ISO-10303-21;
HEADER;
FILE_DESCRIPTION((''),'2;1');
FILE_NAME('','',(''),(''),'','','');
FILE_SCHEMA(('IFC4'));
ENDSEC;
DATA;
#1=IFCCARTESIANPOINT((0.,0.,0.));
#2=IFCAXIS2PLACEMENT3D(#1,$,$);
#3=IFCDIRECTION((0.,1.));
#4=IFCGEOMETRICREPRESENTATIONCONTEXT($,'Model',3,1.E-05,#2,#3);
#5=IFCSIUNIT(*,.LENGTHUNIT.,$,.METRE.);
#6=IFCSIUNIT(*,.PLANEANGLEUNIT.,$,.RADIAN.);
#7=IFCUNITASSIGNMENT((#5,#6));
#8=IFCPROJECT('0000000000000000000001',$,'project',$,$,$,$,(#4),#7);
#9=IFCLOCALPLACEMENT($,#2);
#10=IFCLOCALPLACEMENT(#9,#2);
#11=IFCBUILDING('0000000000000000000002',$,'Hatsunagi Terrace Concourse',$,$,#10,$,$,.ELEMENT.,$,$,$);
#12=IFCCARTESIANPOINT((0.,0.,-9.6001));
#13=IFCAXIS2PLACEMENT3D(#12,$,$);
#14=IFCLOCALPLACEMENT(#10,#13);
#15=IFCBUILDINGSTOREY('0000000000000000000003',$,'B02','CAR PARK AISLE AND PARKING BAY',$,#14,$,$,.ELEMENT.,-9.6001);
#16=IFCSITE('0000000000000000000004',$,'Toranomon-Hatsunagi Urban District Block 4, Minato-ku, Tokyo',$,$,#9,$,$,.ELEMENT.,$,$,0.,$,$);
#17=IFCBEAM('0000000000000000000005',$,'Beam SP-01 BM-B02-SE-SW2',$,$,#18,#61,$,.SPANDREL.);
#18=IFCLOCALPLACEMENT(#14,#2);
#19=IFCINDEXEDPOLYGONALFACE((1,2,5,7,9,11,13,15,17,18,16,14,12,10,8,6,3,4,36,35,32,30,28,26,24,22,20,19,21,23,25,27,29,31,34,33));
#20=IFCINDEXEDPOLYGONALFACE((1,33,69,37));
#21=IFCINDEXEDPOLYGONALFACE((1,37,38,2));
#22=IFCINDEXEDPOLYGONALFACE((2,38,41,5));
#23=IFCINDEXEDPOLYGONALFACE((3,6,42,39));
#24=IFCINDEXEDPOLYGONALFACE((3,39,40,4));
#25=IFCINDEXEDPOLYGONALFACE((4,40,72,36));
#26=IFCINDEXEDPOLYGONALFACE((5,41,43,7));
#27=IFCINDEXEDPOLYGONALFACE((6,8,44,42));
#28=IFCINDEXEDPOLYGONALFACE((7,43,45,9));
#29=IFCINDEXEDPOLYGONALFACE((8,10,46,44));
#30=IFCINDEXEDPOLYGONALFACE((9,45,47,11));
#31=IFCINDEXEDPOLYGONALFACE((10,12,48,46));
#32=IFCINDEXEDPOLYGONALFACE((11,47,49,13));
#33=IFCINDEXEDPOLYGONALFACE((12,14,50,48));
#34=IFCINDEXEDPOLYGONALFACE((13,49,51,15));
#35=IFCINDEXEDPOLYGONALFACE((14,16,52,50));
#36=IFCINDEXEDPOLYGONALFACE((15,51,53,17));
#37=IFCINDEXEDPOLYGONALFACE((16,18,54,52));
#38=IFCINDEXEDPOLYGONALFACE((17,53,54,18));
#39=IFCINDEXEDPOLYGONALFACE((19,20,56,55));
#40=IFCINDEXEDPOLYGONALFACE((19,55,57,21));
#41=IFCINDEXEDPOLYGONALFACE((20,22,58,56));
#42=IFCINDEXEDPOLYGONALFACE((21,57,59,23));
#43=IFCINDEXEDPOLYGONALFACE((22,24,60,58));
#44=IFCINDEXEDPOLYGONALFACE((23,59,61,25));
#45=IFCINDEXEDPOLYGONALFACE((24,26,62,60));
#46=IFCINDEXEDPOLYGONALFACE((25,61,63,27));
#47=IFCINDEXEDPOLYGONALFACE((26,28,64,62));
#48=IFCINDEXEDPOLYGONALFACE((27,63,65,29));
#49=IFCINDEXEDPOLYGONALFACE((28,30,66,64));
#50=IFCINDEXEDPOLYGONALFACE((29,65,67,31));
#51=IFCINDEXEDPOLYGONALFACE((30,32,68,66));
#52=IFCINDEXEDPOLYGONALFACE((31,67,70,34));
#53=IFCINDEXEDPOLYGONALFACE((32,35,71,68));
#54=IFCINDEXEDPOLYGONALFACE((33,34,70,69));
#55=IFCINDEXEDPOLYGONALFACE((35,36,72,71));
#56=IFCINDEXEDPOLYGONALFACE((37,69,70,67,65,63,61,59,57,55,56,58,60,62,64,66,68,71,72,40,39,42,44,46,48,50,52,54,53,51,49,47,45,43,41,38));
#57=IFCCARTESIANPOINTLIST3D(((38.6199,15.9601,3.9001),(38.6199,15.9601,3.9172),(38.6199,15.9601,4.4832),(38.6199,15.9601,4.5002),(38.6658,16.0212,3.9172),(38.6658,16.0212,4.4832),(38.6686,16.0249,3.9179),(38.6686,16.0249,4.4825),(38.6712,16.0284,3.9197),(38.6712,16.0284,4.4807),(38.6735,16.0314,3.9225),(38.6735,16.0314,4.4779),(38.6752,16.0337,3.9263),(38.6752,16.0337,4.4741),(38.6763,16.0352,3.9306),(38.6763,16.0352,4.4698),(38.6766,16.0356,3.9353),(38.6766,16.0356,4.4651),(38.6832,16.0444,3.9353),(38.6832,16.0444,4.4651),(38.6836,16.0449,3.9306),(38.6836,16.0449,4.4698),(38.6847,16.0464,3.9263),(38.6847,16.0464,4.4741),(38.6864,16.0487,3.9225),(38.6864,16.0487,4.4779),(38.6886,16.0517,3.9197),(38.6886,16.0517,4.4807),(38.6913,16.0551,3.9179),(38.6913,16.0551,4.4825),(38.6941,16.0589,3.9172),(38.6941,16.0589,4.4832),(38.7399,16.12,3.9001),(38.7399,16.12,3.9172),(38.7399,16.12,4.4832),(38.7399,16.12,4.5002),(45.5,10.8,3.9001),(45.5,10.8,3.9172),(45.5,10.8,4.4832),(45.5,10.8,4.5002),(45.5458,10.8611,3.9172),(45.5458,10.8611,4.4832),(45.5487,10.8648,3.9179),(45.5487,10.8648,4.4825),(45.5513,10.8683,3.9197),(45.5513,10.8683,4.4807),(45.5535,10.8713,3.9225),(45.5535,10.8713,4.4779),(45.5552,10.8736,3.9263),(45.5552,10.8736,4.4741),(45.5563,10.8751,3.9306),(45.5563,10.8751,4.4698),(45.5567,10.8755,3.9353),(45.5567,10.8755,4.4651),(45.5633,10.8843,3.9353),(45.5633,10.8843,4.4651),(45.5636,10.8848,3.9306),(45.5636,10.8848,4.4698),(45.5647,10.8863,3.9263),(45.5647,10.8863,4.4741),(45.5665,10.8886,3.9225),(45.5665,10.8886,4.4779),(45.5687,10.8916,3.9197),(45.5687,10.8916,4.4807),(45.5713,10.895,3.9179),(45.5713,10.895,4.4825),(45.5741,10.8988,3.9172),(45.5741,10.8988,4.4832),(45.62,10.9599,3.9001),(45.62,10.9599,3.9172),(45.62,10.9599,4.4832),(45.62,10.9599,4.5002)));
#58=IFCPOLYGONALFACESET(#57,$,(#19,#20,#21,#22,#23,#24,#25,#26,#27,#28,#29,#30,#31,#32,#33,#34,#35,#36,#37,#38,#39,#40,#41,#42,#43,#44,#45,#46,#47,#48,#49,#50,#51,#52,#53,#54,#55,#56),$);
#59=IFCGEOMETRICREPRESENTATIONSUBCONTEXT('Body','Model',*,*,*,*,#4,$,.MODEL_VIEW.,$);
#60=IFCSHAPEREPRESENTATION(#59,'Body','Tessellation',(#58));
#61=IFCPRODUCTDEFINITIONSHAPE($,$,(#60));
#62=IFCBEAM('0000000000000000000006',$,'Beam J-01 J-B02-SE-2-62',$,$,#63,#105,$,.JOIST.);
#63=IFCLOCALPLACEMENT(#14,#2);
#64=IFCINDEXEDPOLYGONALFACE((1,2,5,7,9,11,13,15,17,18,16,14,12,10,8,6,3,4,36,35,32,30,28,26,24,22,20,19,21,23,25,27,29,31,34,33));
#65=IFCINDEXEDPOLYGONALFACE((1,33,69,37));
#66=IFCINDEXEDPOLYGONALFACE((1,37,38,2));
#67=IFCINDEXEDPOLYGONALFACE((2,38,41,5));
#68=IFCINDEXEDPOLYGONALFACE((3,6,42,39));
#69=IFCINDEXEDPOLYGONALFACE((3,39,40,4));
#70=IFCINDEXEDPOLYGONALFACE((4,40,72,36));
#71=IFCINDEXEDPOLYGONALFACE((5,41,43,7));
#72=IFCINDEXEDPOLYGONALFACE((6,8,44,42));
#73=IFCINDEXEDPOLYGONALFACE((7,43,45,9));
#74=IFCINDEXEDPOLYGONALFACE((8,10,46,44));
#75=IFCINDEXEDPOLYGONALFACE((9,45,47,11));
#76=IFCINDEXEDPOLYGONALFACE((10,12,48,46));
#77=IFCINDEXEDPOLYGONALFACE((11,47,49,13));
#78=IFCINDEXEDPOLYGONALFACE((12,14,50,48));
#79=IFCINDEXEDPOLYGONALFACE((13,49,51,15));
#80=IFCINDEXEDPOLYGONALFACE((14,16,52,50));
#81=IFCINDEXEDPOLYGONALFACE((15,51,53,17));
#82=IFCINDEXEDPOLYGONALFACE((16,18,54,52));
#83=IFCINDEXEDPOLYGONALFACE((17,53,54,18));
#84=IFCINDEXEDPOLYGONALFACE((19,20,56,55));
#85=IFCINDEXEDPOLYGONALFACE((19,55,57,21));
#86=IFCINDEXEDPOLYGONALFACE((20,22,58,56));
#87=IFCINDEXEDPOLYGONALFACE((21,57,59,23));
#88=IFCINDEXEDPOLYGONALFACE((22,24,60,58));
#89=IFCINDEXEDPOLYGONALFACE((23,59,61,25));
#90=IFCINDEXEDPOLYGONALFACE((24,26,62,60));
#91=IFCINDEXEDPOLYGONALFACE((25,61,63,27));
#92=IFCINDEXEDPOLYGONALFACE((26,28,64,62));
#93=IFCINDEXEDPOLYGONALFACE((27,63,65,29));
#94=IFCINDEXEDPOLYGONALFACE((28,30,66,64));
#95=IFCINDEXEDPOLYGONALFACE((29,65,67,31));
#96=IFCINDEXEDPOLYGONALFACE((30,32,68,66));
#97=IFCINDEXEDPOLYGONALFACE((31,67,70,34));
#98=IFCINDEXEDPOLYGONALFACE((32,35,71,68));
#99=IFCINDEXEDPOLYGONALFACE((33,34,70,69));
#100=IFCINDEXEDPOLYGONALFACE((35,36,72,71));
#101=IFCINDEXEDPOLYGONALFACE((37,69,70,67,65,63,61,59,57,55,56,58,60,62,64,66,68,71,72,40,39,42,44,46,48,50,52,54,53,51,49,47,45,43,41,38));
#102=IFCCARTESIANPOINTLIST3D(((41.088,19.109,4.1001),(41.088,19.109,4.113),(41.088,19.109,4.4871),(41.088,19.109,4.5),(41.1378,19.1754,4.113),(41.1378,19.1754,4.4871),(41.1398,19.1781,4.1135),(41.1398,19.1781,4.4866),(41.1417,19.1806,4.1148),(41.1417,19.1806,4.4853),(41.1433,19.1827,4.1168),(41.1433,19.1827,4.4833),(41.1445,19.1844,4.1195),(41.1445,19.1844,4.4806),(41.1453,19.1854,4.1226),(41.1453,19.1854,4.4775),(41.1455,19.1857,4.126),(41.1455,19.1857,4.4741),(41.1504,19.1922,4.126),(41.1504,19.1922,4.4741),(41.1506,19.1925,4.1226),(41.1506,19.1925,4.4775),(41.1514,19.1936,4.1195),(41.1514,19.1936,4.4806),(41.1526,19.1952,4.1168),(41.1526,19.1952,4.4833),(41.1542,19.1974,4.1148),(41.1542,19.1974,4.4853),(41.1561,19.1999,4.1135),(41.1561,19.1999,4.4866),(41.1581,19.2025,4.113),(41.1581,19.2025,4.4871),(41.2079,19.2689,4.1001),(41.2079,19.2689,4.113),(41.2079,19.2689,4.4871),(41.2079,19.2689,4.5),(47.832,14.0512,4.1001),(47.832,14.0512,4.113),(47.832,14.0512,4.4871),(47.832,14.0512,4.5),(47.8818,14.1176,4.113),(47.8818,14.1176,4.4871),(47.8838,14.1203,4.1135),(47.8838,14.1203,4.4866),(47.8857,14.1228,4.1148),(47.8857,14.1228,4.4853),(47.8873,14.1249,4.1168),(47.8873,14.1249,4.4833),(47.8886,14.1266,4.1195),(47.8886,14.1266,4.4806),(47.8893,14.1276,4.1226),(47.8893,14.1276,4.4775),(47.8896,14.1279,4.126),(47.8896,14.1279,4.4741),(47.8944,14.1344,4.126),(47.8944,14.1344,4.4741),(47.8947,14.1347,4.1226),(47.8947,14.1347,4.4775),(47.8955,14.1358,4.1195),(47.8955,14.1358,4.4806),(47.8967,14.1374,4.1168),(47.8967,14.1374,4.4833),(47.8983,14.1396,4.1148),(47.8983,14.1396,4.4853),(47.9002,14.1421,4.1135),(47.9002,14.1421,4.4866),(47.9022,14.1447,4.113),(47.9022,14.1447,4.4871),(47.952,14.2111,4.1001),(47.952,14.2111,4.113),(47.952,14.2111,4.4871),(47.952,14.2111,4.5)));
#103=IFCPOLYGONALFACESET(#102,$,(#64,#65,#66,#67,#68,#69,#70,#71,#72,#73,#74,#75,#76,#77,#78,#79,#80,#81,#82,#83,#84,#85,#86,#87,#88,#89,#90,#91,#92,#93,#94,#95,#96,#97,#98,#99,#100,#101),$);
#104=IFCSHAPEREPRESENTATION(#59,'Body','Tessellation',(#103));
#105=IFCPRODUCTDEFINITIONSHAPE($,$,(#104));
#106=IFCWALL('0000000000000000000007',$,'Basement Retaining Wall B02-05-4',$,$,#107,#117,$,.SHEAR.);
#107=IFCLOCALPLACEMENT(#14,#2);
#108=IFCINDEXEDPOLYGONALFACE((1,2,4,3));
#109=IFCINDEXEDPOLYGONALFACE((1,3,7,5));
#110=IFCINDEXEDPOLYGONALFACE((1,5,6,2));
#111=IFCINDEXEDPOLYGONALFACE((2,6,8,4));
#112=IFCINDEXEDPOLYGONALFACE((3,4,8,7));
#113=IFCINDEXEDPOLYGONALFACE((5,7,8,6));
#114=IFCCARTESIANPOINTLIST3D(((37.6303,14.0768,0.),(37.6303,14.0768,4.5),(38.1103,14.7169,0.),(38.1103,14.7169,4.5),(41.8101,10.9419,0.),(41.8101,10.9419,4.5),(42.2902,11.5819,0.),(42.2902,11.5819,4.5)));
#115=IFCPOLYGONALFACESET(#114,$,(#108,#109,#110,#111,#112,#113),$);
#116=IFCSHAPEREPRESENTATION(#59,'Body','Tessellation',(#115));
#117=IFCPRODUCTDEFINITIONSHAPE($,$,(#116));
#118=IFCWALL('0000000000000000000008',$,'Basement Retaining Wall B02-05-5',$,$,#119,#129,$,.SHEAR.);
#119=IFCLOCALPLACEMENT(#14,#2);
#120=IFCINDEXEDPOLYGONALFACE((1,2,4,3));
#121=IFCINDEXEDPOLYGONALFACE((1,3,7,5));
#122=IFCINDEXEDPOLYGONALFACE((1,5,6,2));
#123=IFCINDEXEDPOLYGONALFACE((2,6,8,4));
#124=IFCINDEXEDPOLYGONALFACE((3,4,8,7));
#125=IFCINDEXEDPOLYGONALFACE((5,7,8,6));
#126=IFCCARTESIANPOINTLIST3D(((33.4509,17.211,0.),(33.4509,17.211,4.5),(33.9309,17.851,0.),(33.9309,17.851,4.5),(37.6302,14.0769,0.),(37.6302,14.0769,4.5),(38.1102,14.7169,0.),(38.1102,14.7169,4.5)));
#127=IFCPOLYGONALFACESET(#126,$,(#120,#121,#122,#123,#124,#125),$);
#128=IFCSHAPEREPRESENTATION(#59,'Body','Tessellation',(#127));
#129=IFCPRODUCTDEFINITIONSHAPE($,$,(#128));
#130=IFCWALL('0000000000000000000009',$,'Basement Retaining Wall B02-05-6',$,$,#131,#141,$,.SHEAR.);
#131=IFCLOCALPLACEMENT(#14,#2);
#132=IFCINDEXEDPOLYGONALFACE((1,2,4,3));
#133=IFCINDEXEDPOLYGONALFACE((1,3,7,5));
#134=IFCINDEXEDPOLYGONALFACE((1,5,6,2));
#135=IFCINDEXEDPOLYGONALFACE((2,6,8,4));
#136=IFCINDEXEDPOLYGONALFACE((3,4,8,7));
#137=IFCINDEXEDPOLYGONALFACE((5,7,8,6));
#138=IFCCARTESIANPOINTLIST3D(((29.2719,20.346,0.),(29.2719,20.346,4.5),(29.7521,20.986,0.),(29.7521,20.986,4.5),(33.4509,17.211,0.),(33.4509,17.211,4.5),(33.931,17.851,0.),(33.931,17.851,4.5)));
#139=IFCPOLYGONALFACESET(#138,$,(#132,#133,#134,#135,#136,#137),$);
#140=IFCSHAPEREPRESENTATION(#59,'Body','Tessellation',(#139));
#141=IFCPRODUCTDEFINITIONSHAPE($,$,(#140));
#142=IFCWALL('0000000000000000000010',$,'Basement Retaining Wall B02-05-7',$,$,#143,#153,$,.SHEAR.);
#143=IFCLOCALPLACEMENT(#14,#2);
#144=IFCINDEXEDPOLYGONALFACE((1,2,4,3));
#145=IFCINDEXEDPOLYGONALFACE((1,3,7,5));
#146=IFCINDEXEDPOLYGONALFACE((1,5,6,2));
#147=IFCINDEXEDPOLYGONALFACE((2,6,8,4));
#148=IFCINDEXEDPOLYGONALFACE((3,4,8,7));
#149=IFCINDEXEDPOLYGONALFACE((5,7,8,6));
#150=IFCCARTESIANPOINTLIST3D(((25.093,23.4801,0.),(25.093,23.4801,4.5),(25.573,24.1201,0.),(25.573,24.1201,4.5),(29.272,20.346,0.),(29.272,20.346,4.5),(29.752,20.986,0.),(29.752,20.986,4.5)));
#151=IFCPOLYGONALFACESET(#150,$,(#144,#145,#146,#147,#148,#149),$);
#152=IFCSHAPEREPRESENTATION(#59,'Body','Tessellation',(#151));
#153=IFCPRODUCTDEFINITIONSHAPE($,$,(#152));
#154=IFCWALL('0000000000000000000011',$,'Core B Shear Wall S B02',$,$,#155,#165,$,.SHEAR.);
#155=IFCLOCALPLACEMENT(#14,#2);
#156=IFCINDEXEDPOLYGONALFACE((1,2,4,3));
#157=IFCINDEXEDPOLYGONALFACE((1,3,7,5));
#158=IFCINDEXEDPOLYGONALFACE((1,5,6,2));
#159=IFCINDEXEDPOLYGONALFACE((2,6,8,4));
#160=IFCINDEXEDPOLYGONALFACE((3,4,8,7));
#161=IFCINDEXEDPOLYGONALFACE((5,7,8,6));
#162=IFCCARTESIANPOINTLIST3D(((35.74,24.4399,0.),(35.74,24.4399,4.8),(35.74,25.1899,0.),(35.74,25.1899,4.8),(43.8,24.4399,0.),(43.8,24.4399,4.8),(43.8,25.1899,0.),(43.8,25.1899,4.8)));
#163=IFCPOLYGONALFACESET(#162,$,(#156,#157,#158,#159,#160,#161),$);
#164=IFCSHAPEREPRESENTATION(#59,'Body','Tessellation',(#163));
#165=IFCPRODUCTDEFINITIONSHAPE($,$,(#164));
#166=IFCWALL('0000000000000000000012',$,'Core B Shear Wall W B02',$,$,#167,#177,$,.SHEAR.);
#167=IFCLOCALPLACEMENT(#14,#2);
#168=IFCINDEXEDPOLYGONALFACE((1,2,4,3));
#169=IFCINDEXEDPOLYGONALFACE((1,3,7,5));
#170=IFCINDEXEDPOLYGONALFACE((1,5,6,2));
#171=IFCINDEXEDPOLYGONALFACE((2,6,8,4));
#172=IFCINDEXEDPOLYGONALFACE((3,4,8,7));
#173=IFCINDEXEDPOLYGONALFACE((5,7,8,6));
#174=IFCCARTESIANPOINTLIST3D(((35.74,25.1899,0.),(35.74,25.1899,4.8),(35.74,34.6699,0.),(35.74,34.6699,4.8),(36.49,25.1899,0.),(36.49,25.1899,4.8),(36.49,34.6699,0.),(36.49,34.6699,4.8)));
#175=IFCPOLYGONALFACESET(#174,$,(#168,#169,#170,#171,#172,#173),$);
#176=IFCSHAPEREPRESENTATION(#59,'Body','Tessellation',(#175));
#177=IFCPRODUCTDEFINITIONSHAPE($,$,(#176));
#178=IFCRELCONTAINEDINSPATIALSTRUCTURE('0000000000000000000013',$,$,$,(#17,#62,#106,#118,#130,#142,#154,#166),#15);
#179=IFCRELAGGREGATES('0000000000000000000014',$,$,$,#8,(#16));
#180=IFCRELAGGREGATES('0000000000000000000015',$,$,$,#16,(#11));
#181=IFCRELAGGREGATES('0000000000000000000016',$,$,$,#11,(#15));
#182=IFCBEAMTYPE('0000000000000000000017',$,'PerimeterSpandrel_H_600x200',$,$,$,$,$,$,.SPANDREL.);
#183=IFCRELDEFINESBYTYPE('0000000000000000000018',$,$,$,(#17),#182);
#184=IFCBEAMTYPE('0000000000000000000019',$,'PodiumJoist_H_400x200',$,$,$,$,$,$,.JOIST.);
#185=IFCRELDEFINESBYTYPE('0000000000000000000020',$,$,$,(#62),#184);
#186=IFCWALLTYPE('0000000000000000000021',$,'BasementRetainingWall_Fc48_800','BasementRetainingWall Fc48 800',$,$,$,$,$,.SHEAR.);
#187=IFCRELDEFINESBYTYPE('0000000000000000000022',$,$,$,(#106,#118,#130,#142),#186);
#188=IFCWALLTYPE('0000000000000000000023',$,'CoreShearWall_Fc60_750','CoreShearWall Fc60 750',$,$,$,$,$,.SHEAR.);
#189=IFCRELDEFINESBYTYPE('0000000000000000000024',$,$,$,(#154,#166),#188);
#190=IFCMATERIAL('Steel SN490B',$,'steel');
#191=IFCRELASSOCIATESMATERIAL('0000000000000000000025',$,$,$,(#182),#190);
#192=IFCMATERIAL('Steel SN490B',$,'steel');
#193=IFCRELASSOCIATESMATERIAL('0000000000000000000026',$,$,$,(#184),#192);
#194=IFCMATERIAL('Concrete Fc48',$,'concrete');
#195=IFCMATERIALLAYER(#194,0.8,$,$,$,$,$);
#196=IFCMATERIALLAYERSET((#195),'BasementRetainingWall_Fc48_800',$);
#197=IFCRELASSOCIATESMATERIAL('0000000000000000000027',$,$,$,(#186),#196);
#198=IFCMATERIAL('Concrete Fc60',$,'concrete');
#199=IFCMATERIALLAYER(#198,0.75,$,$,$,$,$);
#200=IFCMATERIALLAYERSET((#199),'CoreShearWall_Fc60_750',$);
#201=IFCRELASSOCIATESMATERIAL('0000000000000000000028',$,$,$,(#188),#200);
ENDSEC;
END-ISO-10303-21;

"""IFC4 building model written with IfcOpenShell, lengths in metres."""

from ifc_helpers import new_model, si_unit, direction, frame, frame_2d, origin, origin_2d, place, context, subcontext, project, spatial, rectangle, i_section, extrude, material, layer, layer_set, material_profile, profile_set, type_object, element, save


model = new_model("IFC4")

# Units and contexts
model_context = context("Model", 3, precision=1e-05, world=origin(), true_north=direction((0.0, 1.0)))
body_context = subcontext(model_context, "Body", "Model", "MODEL_VIEW")
ifc_project = project(units=[si_unit("LENGTHUNIT", "METRE"), si_unit("PLANEANGLEUNIT", "RADIAN")], contexts=[model_context])

# Site, building, storey
site_placement = place(None, origin())
site = spatial("IfcSite", under=ifc_project, at=site_placement, Name="Toranomon-Hatsunagi Urban District Block 4, Minato-ku, Tokyo", CompositionType="ELEMENT", RefElevation=0.0)
building_placement = place(site_placement, origin())
building = spatial("IfcBuilding", under=site, at=building_placement, Name="Hatsunagi Terrace Concourse", CompositionType="ELEMENT")
storey_placement = place(building_placement, frame((0.0, 0.0, -9.6001)))
storey = spatial("IfcBuildingStorey", under=building, at=storey_placement, Name="B02", Description="CAR PARK AISLE AND PARKING BAY", CompositionType="ELEMENT", Elevation=-9.6001)

# Beams
ifc_material_1 = material(Name="Steel SN490B", Category="steel")
ifc_material_profile_1 = material_profile(ifc_material_1, i_section(OverallWidth=0.2, OverallDepth=0.6001, WebThickness=0.011, FlangeThickness=0.0171, FilletRadius=0.0181, at=origin_2d()), Name="H-600x200x11x17")
ifc_profile_set_1 = profile_set([ifc_material_profile_1], Name="Steel SN490B")
beam_type_1 = type_object("IfcBeamType", Name="PerimeterSpandrel_H_600x200", PredefinedType="SPANDREL", material=ifc_profile_set_1)
beam_1_placement = place(storey_placement, frame((38.6799, 16.04, 4.2002), z_axis=(0.799997, -0.600005, 0.0), x_axis=(0.600005, 0.799997, 0.0)))
element("IfcBeam", 1, at=beam_1_placement, inside=storey, type_object=beam_type_1, Name="Beam SP-01 BM-B02-SE-SW2", PredefinedType="SPANDREL", context=body_context, shape_type="SweptSolid", body=[
    extrude(i_section(OverallWidth=0.2, OverallDepth=0.6001, WebThickness=0.011, FlangeThickness=0.0171, FilletRadius=0.0181, at=origin_2d()), origin(), (0.0, 0.0, 1.0), 8.6001),
])
ifc_material_2 = material(Name="Steel SN490B", Category="steel")
ifc_material_profile_2 = material_profile(ifc_material_2, i_section(OverallWidth=0.2, OverallDepth=0.3999, WebThickness=0.0081, FlangeThickness=0.0129, FilletRadius=0.0129, at=origin_2d()), Name="H-400x200x8x13")
ifc_profile_set_2 = profile_set([ifc_material_profile_2], Name="Steel SN490B")
beam_type_2 = type_object("IfcBeamType", Name="PodiumJoist_H_400x200", PredefinedType="JOIST", material=ifc_profile_set_2)
beam_2_placement = place(storey_placement, frame((41.1479, 19.189, 4.3), z_axis=(0.800014, -0.599981, 0.0), x_axis=(0.599981, 0.800014, 0.0)))
element("IfcBeam", 2, at=beam_2_placement, inside=storey, type_object=beam_type_2, Name="Beam J-01 J-B02-SE-2-62", PredefinedType="JOIST", context=body_context, shape_type="SweptSolid", body=[
    extrude(i_section(OverallWidth=0.2, OverallDepth=0.3999, WebThickness=0.0081, FlangeThickness=0.0129, FilletRadius=0.0129, at=origin_2d()), origin(), (0.0, 0.0, 1.0), 8.4299),
])

# Walls
ifc_material_3 = material(Name="Concrete Fc48", Category="concrete")
ifc_layer_1 = layer(ifc_material_3, 0.8)
ifc_layer_set_1 = layer_set([ifc_layer_1], Name="BasementRetainingWall_Fc48_800")
wall_type_1 = type_object("IfcWallType", Name="BasementRetainingWall_Fc48_800", Description="BasementRetainingWall Fc48 800", PredefinedType="SHEAR", material=ifc_layer_set_1)
wall_1_placement = place(storey_placement, frame((42.05, 11.262, 0.0), z_axis=(0.0, 0.0, 1.0), x_axis=(-0.799994, 0.600007, 0.0)))
element("IfcWall", 3, at=wall_1_placement, inside=storey, type_object=wall_type_1, Name="Basement Retaining Wall B02-05-4", PredefinedType="SHEAR", context=body_context, shape_type="SweptSolid", body=[
    extrude(rectangle(XDim=5.2249, YDim=0.8, at=frame_2d((2.6123, 0.0))), origin(), (0.0, 0.0, 1.0), 4.5),
])
wall_2_placement = place(storey_placement, frame((37.8701, 14.397, 0.0), z_axis=(0.0, 0.0, 1.0), x_axis=(-0.800034, 0.599955, 0.0)))
element("IfcWall", 4, at=wall_2_placement, inside=storey, type_object=wall_type_1, Name="Basement Retaining Wall B02-05-5", PredefinedType="SHEAR", context=body_context, shape_type="SweptSolid", body=[
    extrude(rectangle(XDim=5.2239, YDim=0.8, at=frame_2d((2.6118, 0.0))), origin(), (0.0, 0.0, 1.0), 4.5),
])
wall_3_placement = place(storey_placement, frame((33.6909, 17.531, 0.0), z_axis=(0.0, 0.0, 1.0), x_axis=(-0.799927, 0.600097, 0.0)))
element("IfcWall", 5, at=wall_3_placement, inside=storey, type_object=wall_type_1, Name="Basement Retaining Wall B02-05-6", PredefinedType="SHEAR", context=body_context, shape_type="SweptSolid", body=[
    extrude(rectangle(XDim=5.2241, YDim=0.8, at=frame_2d((2.6121, 0.0))), origin(), (0.0, 0.0, 1.0), 4.5),
])
wall_4_placement = place(storey_placement, frame((29.512, 20.666, 0.0), z_axis=(0.0, 0.0, 1.0), x_axis=(-0.800017, 0.599978, 0.0)))
element("IfcWall", 6, at=wall_4_placement, inside=storey, type_object=wall_type_1, Name="Basement Retaining Wall B02-05-7", PredefinedType="SHEAR", context=body_context, shape_type="SweptSolid", body=[
    extrude(rectangle(XDim=5.2236, YDim=0.8, at=frame_2d((2.6118, 0.0))), origin(), (0.0, 0.0, 1.0), 4.5),
])
ifc_material_4 = material(Name="Concrete Fc60", Category="concrete")
ifc_layer_2 = layer(ifc_material_4, 0.75)
ifc_layer_set_2 = layer_set([ifc_layer_2], Name="CoreShearWall_Fc60_750")
wall_type_2 = type_object("IfcWallType", Name="CoreShearWall_Fc60_750", Description="CoreShearWall Fc60 750", PredefinedType="SHEAR", material=ifc_layer_set_2)
wall_5_placement = place(storey_placement, frame((35.74, 24.8149, 0.0), z_axis=(0.0, 0.0, 1.0), x_axis=(1.0, 0.0, 0.0)))
element("IfcWall", 7, at=wall_5_placement, inside=storey, type_object=wall_type_2, Name="Core B Shear Wall S B02", PredefinedType="SHEAR", context=body_context, shape_type="SweptSolid", body=[
    extrude(rectangle(XDim=8.0601, YDim=0.75, at=frame_2d((4.03, 0.0))), origin(), (0.0, 0.0, 1.0), 4.8),
])
wall_6_placement = place(storey_placement, frame((36.115, 25.1899, 0.0), z_axis=(0.0, 0.0, 1.0), x_axis=(0.0, 1.0, 0.0)))
element("IfcWall", 8, at=wall_6_placement, inside=storey, type_object=wall_type_2, Name="Core B Shear Wall W B02", PredefinedType="SHEAR", context=body_context, shape_type="SweptSolid", body=[
    extrude(rectangle(XDim=9.48, YDim=0.75, at=frame_2d((4.74, 0.0))), origin(), (0.0, 0.0, 1.0), 4.8),
])

save(model, "model.ifc")
